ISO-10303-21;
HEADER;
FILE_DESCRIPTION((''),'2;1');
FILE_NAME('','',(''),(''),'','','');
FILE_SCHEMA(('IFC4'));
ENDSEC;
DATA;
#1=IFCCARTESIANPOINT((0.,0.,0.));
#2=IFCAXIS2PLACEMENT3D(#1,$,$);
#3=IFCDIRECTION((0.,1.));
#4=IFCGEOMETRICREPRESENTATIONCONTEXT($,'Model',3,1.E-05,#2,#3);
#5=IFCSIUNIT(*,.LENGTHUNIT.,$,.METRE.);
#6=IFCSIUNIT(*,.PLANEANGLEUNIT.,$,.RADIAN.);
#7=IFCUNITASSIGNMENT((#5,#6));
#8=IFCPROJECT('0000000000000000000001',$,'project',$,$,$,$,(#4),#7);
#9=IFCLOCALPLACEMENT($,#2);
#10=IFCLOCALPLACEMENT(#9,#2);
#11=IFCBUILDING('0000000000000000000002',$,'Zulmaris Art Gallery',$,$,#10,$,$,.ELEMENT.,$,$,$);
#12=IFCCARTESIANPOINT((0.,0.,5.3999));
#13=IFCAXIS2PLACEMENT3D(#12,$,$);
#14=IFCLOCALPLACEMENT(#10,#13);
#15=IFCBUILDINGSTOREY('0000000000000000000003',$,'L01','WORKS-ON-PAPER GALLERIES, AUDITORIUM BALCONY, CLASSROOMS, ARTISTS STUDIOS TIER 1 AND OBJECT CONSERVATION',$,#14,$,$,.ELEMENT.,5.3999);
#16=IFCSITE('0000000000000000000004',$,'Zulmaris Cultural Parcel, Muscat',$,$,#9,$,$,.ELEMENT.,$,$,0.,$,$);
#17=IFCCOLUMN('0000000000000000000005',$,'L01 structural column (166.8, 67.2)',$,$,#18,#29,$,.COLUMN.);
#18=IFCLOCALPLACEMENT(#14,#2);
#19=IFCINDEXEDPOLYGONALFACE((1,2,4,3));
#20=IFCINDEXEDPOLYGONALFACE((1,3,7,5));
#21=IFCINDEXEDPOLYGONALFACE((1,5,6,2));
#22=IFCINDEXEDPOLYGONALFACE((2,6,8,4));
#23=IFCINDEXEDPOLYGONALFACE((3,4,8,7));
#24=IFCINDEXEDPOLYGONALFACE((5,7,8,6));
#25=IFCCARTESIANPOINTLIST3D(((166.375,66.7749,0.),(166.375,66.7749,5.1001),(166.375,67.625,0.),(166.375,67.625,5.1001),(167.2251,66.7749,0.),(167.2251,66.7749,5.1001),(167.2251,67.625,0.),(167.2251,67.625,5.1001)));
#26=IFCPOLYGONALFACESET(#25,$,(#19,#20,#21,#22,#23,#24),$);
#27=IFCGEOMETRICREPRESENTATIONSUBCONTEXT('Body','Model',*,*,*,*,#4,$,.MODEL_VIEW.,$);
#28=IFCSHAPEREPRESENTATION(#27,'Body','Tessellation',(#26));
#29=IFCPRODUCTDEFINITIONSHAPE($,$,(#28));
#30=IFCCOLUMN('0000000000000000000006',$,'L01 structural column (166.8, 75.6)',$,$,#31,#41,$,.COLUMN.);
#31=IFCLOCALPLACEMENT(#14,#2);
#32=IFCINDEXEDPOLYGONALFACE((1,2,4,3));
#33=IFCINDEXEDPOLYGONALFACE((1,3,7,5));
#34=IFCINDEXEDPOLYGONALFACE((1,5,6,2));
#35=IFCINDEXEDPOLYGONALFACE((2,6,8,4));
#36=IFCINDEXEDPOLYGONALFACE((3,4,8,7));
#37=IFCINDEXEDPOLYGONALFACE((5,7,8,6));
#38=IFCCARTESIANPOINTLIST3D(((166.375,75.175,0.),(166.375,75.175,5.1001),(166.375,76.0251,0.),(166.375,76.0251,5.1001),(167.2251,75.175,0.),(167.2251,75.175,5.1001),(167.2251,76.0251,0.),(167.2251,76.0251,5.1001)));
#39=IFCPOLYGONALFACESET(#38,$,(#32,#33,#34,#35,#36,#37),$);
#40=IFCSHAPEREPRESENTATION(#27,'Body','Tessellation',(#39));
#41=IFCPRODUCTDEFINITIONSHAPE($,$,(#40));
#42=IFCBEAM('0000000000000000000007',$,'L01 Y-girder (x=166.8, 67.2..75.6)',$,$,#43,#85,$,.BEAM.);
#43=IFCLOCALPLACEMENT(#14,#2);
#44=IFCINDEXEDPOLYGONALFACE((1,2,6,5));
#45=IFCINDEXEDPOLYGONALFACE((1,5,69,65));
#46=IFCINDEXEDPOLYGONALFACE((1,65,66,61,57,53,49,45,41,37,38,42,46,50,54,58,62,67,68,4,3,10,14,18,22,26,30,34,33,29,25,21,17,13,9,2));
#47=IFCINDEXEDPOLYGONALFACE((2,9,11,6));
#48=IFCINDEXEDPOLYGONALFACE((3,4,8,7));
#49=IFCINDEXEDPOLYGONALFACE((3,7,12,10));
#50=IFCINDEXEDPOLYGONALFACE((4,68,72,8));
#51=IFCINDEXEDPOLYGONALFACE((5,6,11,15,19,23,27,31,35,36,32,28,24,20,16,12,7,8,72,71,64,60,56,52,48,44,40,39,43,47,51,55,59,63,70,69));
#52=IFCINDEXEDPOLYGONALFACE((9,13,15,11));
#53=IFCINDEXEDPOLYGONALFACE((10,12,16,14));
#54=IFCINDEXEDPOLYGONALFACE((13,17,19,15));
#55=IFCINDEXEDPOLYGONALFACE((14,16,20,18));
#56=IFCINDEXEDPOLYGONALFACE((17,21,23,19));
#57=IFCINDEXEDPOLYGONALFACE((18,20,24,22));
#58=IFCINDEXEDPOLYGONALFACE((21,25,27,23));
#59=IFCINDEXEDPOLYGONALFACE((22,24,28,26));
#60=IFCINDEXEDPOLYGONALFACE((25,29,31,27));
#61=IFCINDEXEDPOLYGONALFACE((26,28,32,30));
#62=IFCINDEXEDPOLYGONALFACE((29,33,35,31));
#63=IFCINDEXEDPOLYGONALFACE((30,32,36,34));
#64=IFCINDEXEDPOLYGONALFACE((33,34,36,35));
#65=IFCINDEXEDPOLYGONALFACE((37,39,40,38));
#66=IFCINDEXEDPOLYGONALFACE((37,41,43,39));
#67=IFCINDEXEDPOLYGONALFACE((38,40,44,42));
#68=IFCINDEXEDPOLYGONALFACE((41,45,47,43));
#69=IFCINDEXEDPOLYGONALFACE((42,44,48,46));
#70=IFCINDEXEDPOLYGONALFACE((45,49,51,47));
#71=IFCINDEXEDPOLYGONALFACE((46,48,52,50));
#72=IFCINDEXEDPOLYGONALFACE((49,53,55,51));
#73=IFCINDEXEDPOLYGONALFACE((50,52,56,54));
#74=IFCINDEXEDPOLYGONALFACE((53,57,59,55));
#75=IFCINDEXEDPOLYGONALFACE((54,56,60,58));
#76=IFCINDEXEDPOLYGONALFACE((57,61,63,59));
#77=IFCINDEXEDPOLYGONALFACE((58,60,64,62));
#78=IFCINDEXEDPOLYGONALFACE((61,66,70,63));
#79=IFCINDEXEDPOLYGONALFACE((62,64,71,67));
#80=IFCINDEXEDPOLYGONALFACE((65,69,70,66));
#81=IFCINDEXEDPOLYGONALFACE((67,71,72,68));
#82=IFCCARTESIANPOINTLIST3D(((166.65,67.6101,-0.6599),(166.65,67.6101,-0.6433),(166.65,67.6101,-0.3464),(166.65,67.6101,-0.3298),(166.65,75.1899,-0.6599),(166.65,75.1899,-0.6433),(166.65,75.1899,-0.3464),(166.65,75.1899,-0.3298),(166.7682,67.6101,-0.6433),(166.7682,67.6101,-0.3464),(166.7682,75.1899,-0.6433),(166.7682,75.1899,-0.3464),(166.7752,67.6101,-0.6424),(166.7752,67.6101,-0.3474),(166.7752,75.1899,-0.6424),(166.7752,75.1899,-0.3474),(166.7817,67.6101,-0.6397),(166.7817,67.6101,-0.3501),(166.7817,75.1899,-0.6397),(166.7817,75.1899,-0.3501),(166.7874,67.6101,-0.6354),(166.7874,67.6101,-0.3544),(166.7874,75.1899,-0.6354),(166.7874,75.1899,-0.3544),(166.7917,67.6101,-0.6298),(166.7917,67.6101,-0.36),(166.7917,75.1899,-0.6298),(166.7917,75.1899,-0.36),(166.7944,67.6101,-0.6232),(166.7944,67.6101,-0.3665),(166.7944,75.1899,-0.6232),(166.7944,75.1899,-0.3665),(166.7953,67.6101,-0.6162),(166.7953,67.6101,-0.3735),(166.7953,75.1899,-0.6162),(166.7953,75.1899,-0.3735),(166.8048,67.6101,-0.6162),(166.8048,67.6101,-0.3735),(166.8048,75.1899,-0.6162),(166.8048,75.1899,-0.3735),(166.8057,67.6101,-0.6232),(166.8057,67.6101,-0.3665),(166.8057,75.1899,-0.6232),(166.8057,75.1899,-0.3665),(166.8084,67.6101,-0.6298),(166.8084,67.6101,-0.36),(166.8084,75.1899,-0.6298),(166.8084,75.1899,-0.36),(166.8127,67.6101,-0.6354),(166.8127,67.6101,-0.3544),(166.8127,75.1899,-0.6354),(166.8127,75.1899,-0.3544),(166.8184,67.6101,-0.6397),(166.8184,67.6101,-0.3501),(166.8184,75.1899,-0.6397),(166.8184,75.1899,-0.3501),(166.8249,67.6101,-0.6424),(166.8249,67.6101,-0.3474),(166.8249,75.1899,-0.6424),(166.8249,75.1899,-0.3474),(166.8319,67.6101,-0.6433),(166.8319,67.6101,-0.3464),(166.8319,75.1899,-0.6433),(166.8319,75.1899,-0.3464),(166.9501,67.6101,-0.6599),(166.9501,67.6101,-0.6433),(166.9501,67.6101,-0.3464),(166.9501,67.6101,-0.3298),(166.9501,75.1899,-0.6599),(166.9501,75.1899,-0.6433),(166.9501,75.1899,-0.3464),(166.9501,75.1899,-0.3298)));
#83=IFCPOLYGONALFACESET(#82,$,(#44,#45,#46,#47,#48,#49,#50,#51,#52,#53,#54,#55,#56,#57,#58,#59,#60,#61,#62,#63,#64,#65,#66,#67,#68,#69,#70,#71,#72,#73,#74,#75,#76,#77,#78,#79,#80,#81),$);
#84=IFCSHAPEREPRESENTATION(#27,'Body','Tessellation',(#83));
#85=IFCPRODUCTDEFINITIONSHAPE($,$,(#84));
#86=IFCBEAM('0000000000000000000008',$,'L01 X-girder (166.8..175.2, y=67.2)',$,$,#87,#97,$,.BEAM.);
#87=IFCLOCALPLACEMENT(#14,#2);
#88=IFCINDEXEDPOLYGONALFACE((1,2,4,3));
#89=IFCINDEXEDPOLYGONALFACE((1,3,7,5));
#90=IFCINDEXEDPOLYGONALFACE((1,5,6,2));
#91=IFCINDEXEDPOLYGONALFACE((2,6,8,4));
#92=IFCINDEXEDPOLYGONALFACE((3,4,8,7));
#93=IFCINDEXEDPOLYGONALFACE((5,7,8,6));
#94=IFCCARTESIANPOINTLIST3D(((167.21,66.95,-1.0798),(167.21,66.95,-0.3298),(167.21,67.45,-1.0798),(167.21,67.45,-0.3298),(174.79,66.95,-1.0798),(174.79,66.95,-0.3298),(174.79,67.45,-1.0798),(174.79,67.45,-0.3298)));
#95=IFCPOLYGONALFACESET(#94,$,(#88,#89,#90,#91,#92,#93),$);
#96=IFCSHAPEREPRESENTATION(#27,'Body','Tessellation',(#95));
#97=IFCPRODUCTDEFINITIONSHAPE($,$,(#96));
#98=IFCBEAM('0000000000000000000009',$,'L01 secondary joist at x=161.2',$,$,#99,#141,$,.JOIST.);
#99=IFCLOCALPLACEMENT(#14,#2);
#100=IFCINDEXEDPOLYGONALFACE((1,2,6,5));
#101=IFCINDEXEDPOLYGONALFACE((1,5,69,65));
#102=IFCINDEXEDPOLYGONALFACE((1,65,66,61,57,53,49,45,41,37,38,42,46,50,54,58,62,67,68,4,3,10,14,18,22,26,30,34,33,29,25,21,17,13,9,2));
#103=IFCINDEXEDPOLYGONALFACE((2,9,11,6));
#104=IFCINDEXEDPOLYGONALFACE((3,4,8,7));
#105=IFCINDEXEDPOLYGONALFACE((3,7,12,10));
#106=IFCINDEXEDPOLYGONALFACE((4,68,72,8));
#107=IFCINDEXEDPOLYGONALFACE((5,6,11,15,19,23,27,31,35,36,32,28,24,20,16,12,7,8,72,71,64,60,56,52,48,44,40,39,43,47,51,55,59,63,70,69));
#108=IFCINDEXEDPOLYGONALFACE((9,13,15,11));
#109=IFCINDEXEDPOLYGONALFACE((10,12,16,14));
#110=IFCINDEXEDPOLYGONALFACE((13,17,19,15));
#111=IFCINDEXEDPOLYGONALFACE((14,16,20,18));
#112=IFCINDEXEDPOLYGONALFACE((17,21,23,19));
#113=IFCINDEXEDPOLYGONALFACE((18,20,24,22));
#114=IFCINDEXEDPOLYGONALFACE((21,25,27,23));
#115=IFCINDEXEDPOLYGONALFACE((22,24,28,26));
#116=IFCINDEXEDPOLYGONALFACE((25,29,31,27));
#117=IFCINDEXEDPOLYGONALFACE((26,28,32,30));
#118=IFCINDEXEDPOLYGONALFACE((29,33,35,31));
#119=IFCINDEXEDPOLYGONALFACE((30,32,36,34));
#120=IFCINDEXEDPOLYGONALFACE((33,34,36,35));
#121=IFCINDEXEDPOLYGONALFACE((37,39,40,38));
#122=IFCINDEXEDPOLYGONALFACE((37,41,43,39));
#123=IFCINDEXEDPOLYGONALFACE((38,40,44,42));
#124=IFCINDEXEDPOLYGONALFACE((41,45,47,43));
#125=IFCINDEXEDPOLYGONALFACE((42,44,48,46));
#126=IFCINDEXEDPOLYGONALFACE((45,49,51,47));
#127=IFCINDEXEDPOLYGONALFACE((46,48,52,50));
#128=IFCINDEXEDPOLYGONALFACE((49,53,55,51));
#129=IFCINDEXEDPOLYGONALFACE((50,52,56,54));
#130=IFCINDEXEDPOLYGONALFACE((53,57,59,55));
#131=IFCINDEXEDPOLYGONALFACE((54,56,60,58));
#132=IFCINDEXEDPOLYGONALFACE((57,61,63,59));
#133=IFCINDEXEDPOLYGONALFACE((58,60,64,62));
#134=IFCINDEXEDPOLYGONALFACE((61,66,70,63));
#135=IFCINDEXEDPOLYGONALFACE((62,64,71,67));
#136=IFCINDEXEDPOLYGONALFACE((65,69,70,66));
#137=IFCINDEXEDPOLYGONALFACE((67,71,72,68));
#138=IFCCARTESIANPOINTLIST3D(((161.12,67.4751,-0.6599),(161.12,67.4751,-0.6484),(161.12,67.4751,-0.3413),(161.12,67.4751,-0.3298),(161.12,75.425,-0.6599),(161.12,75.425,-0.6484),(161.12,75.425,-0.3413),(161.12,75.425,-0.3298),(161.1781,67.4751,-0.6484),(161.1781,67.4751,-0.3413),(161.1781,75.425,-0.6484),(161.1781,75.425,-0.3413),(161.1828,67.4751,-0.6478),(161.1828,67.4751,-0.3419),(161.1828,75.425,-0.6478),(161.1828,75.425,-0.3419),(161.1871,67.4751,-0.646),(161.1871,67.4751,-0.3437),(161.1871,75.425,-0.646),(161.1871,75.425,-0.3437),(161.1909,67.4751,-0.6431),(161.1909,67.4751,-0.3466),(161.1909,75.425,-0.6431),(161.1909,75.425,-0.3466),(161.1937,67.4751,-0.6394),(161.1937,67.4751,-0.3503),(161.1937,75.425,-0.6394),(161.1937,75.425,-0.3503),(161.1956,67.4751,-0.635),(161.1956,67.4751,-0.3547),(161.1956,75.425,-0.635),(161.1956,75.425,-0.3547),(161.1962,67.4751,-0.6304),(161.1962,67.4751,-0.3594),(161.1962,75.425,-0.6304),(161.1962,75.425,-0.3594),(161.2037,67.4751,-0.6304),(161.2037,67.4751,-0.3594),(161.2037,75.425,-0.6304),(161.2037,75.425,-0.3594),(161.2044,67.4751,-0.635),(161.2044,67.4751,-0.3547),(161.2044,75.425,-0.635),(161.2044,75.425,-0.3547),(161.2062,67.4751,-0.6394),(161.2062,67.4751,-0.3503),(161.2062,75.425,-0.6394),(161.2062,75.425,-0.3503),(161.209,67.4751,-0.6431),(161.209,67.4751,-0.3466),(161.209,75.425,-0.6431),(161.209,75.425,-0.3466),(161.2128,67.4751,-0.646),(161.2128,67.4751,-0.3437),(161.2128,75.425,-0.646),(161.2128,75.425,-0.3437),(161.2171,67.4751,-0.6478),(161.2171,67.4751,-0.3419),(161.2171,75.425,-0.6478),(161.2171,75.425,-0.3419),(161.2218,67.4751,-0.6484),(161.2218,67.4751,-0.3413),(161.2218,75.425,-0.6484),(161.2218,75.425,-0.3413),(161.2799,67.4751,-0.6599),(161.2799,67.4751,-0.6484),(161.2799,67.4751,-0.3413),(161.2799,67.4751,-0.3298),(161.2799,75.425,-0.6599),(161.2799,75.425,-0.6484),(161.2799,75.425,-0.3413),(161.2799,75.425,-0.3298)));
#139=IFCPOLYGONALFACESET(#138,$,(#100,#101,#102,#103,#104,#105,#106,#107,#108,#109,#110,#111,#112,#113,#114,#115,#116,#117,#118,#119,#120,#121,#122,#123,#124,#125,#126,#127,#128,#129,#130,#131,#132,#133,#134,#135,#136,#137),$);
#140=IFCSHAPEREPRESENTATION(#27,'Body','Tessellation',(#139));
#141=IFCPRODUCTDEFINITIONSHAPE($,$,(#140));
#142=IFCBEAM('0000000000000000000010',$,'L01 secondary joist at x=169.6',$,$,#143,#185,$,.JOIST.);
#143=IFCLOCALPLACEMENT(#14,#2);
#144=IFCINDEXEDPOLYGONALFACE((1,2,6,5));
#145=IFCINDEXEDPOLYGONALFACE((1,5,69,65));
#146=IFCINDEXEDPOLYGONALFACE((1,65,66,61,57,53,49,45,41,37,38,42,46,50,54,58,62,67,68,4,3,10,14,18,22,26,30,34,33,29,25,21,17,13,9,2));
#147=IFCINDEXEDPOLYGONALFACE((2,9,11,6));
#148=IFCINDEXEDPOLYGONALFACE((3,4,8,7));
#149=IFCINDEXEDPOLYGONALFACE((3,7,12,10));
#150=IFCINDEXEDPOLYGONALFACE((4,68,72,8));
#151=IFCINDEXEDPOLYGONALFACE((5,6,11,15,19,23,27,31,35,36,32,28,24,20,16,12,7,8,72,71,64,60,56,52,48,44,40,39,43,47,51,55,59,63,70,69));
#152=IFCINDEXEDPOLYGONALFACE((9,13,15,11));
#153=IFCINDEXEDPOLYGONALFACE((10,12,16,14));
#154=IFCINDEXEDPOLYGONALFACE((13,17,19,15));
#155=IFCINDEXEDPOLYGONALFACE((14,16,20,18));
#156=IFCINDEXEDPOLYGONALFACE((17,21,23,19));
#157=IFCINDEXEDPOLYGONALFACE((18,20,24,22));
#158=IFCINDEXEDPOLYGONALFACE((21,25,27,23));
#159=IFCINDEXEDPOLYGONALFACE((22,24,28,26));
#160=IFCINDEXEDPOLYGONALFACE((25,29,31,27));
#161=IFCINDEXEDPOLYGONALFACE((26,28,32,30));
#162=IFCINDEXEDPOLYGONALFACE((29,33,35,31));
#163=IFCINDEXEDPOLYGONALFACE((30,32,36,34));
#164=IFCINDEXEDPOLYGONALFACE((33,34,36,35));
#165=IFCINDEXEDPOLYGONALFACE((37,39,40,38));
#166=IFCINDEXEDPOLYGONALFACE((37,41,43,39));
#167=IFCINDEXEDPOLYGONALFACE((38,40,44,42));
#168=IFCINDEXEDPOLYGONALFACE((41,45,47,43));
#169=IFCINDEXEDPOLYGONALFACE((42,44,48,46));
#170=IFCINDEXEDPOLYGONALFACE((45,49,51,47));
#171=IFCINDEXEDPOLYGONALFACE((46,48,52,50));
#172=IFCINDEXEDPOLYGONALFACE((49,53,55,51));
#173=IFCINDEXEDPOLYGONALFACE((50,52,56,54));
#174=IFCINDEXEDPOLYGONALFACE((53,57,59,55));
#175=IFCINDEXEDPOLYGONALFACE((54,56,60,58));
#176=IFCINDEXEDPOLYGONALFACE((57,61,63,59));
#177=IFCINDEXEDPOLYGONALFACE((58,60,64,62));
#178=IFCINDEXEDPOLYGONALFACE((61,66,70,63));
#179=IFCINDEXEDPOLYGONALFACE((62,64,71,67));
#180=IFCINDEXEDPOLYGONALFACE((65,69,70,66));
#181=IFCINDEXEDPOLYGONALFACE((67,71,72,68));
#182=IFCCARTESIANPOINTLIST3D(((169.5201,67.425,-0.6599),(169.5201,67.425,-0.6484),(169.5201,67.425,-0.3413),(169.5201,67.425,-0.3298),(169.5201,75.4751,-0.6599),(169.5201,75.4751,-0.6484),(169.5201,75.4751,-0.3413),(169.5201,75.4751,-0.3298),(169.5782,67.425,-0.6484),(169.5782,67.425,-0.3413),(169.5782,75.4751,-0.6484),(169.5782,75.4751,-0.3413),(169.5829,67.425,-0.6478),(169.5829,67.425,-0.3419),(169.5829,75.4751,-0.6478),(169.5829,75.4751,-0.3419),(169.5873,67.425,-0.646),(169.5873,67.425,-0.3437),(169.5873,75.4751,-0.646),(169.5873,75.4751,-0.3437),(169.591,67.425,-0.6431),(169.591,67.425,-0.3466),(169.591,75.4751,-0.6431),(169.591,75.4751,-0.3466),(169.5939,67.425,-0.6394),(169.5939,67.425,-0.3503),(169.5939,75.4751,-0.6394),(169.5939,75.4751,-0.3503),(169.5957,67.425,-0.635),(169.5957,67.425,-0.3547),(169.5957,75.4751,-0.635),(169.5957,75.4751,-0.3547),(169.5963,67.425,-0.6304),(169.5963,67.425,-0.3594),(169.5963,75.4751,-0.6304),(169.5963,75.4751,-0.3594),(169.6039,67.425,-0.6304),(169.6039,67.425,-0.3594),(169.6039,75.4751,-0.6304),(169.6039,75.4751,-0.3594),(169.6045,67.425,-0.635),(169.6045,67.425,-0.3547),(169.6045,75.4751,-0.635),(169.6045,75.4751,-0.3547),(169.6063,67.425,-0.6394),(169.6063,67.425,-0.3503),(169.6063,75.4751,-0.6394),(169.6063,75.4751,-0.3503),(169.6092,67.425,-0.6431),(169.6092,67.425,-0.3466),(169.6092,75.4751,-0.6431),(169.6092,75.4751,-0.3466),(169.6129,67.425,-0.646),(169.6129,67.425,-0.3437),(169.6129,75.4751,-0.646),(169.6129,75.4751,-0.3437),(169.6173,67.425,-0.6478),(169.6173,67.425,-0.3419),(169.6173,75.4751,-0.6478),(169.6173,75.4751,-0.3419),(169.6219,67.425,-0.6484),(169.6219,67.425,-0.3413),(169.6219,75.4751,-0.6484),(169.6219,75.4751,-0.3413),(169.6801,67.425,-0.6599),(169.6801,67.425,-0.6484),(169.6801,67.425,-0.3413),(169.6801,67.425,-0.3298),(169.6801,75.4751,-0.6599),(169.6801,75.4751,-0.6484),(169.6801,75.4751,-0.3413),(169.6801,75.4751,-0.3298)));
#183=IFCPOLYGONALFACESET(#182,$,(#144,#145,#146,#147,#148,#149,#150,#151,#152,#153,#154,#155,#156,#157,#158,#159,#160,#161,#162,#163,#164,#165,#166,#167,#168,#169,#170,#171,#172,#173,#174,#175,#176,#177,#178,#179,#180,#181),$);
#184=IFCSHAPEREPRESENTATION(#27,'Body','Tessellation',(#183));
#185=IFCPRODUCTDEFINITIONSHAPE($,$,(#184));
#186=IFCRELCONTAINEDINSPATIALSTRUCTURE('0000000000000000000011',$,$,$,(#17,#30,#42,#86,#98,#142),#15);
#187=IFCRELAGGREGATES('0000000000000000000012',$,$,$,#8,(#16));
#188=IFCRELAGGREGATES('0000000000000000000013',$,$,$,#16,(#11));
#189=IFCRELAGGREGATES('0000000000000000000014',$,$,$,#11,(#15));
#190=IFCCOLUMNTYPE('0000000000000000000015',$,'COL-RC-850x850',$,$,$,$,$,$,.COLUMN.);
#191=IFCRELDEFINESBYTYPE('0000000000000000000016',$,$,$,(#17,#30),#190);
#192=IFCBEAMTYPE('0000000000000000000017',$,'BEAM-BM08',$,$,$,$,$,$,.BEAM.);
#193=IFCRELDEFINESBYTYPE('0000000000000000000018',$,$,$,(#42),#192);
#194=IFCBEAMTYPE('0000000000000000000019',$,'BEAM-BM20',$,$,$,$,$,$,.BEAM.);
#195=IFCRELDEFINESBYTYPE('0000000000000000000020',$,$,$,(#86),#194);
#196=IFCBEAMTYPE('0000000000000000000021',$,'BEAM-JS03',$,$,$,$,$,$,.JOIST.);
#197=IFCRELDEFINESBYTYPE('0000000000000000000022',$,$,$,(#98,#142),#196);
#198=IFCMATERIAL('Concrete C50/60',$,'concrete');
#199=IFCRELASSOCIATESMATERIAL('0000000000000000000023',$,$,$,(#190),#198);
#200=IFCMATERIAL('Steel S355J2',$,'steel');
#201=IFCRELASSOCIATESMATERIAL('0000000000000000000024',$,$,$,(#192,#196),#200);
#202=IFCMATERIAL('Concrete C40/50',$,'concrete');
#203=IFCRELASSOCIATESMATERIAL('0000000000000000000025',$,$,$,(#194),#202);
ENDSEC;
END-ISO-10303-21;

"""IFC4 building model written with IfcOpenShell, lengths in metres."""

from ifc_helpers import new_model, si_unit, direction, frame, origin, origin_2d, place, context, subcontext, project, spatial, rectangle, i_section, extrude, material, material_profile, profile_set, type_object, element, save


model = new_model("IFC4")

# Units and contexts
model_context = context("Model", 3, precision=1e-05, world=origin(), true_north=direction((0.0, 1.0)))
body_context = subcontext(model_context, "Body", "Model", "MODEL_VIEW")
ifc_project = project(units=[si_unit("LENGTHUNIT", "METRE"), si_unit("PLANEANGLEUNIT", "RADIAN")], contexts=[model_context])

# Site, building, storey
site_placement = place(None, origin())
site = spatial("IfcSite", under=ifc_project, at=site_placement, Name="Zulmaris Cultural Parcel, Muscat", CompositionType="ELEMENT", RefElevation=0.0)
building_placement = place(site_placement, origin())
building = spatial("IfcBuilding", under=site, at=building_placement, Name="Zulmaris Art Gallery", CompositionType="ELEMENT")
storey_placement = place(building_placement, frame((0.0, 0.0, 5.3999)))
storey = spatial("IfcBuildingStorey", under=building, at=storey_placement, Name="L01", Description="WORKS-ON-PAPER GALLERIES, AUDITORIUM BALCONY, CLASSROOMS, ARTISTS STUDIOS TIER 1 AND OBJECT CONSERVATION", CompositionType="ELEMENT", Elevation=5.3999)

# Columns
ifc_material_1 = material(Name="Concrete C50/60", Category="concrete")
ifc_material_profile_1 = material_profile(ifc_material_1, rectangle(XDim=0.8501, YDim=0.8501, at=origin_2d()), Name="RC 850x850")
ifc_profile_set_1 = profile_set([ifc_material_profile_1], Name="Concrete C50/60")
column_type = type_object("IfcColumnType", Name="COL-RC-850x850", PredefinedType="COLUMN", material=ifc_profile_set_1)
for number, where, z_axis, x_axis, name in (
    (1, (166.8, 67.2, 0.0), (0.0, 0.0, 1.0), (1.0, 0.0, 0.0), "L01 structural column (166.8, 67.2)"),
    (2, (166.8, 75.6001, 0.0), (0.0, 0.0, 1.0), (1.0, 0.0, 0.0), "L01 structural column (166.8, 75.6)"),
):
    element("IfcColumn", number, at=place(storey_placement, frame(where, z_axis=z_axis, x_axis=x_axis)), inside=storey, type_object=column_type, Name=name, PredefinedType="COLUMN", context=body_context, shape_type="SweptSolid", body=[
        extrude(rectangle(XDim=0.8501, YDim=0.8501, at=origin_2d()), origin(), (0.0, 0.0, 1.0), 5.1001),
    ])

# Beams
ifc_material_2 = material(Name="Steel S355J2", Category="steel")
ifc_material_profile_2 = material_profile(ifc_material_2, i_section(OverallWidth=0.3, OverallDepth=0.3301, WebThickness=0.0095, FlangeThickness=0.0166, FilletRadius=0.0271, at=origin_2d()), Name="HEA 340")
ifc_profile_set_2 = profile_set([ifc_material_profile_2], Name="Steel S355J2")
beam_type_1 = type_object("IfcBeamType", Name="BEAM-BM08", PredefinedType="BEAM", material=ifc_profile_set_2)
beam_1_placement = place(storey_placement, frame((166.8, 67.6101, -0.4949), z_axis=(0.0, 1.0, 0.0), x_axis=(-1.0, 0.0, 0.0)))
element("IfcBeam", 3, at=beam_1_placement, inside=storey, type_object=beam_type_1, Name="L01 Y-girder (x=166.8, 67.2..75.6)", PredefinedType="BEAM", context=body_context, shape_type="SweptSolid", body=[
    extrude(i_section(OverallWidth=0.3, OverallDepth=0.3301, WebThickness=0.0095, FlangeThickness=0.0166, FilletRadius=0.0271, at=origin_2d()), origin(), (0.0, 0.0, 1.0), 7.5798),
])
ifc_material_3 = material(Name="Concrete C40/50", Category="concrete")
ifc_material_profile_3 = material_profile(ifc_material_3, rectangle(XDim=0.5, YDim=0.75, at=origin_2d()), Name="RC 500x750")
ifc_profile_set_3 = profile_set([ifc_material_profile_3], Name="Concrete C40/50")
beam_type_2 = type_object("IfcBeamType", Name="BEAM-BM20", PredefinedType="BEAM", material=ifc_profile_set_3)
beam_2_placement = place(storey_placement, frame((167.21, 67.2, -0.7048), z_axis=(1.0, 0.0, 0.0), x_axis=(0.0, 1.0, 0.0)))
element("IfcBeam", 4, at=beam_2_placement, inside=storey, type_object=beam_type_2, Name="L01 X-girder (166.8..175.2, y=67.2)", PredefinedType="BEAM", context=body_context, shape_type="SweptSolid", body=[
    extrude(rectangle(XDim=0.5, YDim=0.75, at=origin_2d()), origin(), (0.0, 0.0, 1.0), 7.5801),
])
ifc_material_profile_4 = material_profile(ifc_material_2, i_section(OverallWidth=0.1599, OverallDepth=0.3301, WebThickness=0.0076, FlangeThickness=0.0115, FilletRadius=0.0181, at=origin_2d()), Name="IPE 330")
ifc_profile_set_4 = profile_set([ifc_material_profile_4], Name="Steel S355J2")
beam_type_3 = type_object("IfcBeamType", Name="BEAM-JS03", PredefinedType="JOIST", material=ifc_profile_set_4)
beam_3_placement = place(storey_placement, frame((161.2, 67.4751, -0.4949), z_axis=(0.0, 1.0, 0.0), x_axis=(-1.0, 0.0, 0.0)))
element("IfcBeam", 5, at=beam_3_placement, inside=storey, type_object=beam_type_3, Name="L01 secondary joist at x=161.2", PredefinedType="JOIST", context=body_context, shape_type="SweptSolid", body=[
    extrude(i_section(OverallWidth=0.1599, OverallDepth=0.3301, WebThickness=0.0076, FlangeThickness=0.0115, FilletRadius=0.0181, at=origin_2d()), origin(), (0.0, 0.0, 1.0), 7.95),
])
beam_4_placement = place(storey_placement, frame((169.6001, 67.425, -0.4949), z_axis=(0.0, 1.0, 0.0), x_axis=(-1.0, 0.0, 0.0)))
element("IfcBeam", 6, at=beam_4_placement, inside=storey, type_object=beam_type_3, Name="L01 secondary joist at x=169.6", PredefinedType="JOIST", context=body_context, shape_type="SweptSolid", body=[
    extrude(i_section(OverallWidth=0.1599, OverallDepth=0.3301, WebThickness=0.0076, FlangeThickness=0.0115, FilletRadius=0.0181, at=origin_2d()), origin(), (0.0, 0.0, 1.0), 8.05),
])

save(model, "model.ifc")
